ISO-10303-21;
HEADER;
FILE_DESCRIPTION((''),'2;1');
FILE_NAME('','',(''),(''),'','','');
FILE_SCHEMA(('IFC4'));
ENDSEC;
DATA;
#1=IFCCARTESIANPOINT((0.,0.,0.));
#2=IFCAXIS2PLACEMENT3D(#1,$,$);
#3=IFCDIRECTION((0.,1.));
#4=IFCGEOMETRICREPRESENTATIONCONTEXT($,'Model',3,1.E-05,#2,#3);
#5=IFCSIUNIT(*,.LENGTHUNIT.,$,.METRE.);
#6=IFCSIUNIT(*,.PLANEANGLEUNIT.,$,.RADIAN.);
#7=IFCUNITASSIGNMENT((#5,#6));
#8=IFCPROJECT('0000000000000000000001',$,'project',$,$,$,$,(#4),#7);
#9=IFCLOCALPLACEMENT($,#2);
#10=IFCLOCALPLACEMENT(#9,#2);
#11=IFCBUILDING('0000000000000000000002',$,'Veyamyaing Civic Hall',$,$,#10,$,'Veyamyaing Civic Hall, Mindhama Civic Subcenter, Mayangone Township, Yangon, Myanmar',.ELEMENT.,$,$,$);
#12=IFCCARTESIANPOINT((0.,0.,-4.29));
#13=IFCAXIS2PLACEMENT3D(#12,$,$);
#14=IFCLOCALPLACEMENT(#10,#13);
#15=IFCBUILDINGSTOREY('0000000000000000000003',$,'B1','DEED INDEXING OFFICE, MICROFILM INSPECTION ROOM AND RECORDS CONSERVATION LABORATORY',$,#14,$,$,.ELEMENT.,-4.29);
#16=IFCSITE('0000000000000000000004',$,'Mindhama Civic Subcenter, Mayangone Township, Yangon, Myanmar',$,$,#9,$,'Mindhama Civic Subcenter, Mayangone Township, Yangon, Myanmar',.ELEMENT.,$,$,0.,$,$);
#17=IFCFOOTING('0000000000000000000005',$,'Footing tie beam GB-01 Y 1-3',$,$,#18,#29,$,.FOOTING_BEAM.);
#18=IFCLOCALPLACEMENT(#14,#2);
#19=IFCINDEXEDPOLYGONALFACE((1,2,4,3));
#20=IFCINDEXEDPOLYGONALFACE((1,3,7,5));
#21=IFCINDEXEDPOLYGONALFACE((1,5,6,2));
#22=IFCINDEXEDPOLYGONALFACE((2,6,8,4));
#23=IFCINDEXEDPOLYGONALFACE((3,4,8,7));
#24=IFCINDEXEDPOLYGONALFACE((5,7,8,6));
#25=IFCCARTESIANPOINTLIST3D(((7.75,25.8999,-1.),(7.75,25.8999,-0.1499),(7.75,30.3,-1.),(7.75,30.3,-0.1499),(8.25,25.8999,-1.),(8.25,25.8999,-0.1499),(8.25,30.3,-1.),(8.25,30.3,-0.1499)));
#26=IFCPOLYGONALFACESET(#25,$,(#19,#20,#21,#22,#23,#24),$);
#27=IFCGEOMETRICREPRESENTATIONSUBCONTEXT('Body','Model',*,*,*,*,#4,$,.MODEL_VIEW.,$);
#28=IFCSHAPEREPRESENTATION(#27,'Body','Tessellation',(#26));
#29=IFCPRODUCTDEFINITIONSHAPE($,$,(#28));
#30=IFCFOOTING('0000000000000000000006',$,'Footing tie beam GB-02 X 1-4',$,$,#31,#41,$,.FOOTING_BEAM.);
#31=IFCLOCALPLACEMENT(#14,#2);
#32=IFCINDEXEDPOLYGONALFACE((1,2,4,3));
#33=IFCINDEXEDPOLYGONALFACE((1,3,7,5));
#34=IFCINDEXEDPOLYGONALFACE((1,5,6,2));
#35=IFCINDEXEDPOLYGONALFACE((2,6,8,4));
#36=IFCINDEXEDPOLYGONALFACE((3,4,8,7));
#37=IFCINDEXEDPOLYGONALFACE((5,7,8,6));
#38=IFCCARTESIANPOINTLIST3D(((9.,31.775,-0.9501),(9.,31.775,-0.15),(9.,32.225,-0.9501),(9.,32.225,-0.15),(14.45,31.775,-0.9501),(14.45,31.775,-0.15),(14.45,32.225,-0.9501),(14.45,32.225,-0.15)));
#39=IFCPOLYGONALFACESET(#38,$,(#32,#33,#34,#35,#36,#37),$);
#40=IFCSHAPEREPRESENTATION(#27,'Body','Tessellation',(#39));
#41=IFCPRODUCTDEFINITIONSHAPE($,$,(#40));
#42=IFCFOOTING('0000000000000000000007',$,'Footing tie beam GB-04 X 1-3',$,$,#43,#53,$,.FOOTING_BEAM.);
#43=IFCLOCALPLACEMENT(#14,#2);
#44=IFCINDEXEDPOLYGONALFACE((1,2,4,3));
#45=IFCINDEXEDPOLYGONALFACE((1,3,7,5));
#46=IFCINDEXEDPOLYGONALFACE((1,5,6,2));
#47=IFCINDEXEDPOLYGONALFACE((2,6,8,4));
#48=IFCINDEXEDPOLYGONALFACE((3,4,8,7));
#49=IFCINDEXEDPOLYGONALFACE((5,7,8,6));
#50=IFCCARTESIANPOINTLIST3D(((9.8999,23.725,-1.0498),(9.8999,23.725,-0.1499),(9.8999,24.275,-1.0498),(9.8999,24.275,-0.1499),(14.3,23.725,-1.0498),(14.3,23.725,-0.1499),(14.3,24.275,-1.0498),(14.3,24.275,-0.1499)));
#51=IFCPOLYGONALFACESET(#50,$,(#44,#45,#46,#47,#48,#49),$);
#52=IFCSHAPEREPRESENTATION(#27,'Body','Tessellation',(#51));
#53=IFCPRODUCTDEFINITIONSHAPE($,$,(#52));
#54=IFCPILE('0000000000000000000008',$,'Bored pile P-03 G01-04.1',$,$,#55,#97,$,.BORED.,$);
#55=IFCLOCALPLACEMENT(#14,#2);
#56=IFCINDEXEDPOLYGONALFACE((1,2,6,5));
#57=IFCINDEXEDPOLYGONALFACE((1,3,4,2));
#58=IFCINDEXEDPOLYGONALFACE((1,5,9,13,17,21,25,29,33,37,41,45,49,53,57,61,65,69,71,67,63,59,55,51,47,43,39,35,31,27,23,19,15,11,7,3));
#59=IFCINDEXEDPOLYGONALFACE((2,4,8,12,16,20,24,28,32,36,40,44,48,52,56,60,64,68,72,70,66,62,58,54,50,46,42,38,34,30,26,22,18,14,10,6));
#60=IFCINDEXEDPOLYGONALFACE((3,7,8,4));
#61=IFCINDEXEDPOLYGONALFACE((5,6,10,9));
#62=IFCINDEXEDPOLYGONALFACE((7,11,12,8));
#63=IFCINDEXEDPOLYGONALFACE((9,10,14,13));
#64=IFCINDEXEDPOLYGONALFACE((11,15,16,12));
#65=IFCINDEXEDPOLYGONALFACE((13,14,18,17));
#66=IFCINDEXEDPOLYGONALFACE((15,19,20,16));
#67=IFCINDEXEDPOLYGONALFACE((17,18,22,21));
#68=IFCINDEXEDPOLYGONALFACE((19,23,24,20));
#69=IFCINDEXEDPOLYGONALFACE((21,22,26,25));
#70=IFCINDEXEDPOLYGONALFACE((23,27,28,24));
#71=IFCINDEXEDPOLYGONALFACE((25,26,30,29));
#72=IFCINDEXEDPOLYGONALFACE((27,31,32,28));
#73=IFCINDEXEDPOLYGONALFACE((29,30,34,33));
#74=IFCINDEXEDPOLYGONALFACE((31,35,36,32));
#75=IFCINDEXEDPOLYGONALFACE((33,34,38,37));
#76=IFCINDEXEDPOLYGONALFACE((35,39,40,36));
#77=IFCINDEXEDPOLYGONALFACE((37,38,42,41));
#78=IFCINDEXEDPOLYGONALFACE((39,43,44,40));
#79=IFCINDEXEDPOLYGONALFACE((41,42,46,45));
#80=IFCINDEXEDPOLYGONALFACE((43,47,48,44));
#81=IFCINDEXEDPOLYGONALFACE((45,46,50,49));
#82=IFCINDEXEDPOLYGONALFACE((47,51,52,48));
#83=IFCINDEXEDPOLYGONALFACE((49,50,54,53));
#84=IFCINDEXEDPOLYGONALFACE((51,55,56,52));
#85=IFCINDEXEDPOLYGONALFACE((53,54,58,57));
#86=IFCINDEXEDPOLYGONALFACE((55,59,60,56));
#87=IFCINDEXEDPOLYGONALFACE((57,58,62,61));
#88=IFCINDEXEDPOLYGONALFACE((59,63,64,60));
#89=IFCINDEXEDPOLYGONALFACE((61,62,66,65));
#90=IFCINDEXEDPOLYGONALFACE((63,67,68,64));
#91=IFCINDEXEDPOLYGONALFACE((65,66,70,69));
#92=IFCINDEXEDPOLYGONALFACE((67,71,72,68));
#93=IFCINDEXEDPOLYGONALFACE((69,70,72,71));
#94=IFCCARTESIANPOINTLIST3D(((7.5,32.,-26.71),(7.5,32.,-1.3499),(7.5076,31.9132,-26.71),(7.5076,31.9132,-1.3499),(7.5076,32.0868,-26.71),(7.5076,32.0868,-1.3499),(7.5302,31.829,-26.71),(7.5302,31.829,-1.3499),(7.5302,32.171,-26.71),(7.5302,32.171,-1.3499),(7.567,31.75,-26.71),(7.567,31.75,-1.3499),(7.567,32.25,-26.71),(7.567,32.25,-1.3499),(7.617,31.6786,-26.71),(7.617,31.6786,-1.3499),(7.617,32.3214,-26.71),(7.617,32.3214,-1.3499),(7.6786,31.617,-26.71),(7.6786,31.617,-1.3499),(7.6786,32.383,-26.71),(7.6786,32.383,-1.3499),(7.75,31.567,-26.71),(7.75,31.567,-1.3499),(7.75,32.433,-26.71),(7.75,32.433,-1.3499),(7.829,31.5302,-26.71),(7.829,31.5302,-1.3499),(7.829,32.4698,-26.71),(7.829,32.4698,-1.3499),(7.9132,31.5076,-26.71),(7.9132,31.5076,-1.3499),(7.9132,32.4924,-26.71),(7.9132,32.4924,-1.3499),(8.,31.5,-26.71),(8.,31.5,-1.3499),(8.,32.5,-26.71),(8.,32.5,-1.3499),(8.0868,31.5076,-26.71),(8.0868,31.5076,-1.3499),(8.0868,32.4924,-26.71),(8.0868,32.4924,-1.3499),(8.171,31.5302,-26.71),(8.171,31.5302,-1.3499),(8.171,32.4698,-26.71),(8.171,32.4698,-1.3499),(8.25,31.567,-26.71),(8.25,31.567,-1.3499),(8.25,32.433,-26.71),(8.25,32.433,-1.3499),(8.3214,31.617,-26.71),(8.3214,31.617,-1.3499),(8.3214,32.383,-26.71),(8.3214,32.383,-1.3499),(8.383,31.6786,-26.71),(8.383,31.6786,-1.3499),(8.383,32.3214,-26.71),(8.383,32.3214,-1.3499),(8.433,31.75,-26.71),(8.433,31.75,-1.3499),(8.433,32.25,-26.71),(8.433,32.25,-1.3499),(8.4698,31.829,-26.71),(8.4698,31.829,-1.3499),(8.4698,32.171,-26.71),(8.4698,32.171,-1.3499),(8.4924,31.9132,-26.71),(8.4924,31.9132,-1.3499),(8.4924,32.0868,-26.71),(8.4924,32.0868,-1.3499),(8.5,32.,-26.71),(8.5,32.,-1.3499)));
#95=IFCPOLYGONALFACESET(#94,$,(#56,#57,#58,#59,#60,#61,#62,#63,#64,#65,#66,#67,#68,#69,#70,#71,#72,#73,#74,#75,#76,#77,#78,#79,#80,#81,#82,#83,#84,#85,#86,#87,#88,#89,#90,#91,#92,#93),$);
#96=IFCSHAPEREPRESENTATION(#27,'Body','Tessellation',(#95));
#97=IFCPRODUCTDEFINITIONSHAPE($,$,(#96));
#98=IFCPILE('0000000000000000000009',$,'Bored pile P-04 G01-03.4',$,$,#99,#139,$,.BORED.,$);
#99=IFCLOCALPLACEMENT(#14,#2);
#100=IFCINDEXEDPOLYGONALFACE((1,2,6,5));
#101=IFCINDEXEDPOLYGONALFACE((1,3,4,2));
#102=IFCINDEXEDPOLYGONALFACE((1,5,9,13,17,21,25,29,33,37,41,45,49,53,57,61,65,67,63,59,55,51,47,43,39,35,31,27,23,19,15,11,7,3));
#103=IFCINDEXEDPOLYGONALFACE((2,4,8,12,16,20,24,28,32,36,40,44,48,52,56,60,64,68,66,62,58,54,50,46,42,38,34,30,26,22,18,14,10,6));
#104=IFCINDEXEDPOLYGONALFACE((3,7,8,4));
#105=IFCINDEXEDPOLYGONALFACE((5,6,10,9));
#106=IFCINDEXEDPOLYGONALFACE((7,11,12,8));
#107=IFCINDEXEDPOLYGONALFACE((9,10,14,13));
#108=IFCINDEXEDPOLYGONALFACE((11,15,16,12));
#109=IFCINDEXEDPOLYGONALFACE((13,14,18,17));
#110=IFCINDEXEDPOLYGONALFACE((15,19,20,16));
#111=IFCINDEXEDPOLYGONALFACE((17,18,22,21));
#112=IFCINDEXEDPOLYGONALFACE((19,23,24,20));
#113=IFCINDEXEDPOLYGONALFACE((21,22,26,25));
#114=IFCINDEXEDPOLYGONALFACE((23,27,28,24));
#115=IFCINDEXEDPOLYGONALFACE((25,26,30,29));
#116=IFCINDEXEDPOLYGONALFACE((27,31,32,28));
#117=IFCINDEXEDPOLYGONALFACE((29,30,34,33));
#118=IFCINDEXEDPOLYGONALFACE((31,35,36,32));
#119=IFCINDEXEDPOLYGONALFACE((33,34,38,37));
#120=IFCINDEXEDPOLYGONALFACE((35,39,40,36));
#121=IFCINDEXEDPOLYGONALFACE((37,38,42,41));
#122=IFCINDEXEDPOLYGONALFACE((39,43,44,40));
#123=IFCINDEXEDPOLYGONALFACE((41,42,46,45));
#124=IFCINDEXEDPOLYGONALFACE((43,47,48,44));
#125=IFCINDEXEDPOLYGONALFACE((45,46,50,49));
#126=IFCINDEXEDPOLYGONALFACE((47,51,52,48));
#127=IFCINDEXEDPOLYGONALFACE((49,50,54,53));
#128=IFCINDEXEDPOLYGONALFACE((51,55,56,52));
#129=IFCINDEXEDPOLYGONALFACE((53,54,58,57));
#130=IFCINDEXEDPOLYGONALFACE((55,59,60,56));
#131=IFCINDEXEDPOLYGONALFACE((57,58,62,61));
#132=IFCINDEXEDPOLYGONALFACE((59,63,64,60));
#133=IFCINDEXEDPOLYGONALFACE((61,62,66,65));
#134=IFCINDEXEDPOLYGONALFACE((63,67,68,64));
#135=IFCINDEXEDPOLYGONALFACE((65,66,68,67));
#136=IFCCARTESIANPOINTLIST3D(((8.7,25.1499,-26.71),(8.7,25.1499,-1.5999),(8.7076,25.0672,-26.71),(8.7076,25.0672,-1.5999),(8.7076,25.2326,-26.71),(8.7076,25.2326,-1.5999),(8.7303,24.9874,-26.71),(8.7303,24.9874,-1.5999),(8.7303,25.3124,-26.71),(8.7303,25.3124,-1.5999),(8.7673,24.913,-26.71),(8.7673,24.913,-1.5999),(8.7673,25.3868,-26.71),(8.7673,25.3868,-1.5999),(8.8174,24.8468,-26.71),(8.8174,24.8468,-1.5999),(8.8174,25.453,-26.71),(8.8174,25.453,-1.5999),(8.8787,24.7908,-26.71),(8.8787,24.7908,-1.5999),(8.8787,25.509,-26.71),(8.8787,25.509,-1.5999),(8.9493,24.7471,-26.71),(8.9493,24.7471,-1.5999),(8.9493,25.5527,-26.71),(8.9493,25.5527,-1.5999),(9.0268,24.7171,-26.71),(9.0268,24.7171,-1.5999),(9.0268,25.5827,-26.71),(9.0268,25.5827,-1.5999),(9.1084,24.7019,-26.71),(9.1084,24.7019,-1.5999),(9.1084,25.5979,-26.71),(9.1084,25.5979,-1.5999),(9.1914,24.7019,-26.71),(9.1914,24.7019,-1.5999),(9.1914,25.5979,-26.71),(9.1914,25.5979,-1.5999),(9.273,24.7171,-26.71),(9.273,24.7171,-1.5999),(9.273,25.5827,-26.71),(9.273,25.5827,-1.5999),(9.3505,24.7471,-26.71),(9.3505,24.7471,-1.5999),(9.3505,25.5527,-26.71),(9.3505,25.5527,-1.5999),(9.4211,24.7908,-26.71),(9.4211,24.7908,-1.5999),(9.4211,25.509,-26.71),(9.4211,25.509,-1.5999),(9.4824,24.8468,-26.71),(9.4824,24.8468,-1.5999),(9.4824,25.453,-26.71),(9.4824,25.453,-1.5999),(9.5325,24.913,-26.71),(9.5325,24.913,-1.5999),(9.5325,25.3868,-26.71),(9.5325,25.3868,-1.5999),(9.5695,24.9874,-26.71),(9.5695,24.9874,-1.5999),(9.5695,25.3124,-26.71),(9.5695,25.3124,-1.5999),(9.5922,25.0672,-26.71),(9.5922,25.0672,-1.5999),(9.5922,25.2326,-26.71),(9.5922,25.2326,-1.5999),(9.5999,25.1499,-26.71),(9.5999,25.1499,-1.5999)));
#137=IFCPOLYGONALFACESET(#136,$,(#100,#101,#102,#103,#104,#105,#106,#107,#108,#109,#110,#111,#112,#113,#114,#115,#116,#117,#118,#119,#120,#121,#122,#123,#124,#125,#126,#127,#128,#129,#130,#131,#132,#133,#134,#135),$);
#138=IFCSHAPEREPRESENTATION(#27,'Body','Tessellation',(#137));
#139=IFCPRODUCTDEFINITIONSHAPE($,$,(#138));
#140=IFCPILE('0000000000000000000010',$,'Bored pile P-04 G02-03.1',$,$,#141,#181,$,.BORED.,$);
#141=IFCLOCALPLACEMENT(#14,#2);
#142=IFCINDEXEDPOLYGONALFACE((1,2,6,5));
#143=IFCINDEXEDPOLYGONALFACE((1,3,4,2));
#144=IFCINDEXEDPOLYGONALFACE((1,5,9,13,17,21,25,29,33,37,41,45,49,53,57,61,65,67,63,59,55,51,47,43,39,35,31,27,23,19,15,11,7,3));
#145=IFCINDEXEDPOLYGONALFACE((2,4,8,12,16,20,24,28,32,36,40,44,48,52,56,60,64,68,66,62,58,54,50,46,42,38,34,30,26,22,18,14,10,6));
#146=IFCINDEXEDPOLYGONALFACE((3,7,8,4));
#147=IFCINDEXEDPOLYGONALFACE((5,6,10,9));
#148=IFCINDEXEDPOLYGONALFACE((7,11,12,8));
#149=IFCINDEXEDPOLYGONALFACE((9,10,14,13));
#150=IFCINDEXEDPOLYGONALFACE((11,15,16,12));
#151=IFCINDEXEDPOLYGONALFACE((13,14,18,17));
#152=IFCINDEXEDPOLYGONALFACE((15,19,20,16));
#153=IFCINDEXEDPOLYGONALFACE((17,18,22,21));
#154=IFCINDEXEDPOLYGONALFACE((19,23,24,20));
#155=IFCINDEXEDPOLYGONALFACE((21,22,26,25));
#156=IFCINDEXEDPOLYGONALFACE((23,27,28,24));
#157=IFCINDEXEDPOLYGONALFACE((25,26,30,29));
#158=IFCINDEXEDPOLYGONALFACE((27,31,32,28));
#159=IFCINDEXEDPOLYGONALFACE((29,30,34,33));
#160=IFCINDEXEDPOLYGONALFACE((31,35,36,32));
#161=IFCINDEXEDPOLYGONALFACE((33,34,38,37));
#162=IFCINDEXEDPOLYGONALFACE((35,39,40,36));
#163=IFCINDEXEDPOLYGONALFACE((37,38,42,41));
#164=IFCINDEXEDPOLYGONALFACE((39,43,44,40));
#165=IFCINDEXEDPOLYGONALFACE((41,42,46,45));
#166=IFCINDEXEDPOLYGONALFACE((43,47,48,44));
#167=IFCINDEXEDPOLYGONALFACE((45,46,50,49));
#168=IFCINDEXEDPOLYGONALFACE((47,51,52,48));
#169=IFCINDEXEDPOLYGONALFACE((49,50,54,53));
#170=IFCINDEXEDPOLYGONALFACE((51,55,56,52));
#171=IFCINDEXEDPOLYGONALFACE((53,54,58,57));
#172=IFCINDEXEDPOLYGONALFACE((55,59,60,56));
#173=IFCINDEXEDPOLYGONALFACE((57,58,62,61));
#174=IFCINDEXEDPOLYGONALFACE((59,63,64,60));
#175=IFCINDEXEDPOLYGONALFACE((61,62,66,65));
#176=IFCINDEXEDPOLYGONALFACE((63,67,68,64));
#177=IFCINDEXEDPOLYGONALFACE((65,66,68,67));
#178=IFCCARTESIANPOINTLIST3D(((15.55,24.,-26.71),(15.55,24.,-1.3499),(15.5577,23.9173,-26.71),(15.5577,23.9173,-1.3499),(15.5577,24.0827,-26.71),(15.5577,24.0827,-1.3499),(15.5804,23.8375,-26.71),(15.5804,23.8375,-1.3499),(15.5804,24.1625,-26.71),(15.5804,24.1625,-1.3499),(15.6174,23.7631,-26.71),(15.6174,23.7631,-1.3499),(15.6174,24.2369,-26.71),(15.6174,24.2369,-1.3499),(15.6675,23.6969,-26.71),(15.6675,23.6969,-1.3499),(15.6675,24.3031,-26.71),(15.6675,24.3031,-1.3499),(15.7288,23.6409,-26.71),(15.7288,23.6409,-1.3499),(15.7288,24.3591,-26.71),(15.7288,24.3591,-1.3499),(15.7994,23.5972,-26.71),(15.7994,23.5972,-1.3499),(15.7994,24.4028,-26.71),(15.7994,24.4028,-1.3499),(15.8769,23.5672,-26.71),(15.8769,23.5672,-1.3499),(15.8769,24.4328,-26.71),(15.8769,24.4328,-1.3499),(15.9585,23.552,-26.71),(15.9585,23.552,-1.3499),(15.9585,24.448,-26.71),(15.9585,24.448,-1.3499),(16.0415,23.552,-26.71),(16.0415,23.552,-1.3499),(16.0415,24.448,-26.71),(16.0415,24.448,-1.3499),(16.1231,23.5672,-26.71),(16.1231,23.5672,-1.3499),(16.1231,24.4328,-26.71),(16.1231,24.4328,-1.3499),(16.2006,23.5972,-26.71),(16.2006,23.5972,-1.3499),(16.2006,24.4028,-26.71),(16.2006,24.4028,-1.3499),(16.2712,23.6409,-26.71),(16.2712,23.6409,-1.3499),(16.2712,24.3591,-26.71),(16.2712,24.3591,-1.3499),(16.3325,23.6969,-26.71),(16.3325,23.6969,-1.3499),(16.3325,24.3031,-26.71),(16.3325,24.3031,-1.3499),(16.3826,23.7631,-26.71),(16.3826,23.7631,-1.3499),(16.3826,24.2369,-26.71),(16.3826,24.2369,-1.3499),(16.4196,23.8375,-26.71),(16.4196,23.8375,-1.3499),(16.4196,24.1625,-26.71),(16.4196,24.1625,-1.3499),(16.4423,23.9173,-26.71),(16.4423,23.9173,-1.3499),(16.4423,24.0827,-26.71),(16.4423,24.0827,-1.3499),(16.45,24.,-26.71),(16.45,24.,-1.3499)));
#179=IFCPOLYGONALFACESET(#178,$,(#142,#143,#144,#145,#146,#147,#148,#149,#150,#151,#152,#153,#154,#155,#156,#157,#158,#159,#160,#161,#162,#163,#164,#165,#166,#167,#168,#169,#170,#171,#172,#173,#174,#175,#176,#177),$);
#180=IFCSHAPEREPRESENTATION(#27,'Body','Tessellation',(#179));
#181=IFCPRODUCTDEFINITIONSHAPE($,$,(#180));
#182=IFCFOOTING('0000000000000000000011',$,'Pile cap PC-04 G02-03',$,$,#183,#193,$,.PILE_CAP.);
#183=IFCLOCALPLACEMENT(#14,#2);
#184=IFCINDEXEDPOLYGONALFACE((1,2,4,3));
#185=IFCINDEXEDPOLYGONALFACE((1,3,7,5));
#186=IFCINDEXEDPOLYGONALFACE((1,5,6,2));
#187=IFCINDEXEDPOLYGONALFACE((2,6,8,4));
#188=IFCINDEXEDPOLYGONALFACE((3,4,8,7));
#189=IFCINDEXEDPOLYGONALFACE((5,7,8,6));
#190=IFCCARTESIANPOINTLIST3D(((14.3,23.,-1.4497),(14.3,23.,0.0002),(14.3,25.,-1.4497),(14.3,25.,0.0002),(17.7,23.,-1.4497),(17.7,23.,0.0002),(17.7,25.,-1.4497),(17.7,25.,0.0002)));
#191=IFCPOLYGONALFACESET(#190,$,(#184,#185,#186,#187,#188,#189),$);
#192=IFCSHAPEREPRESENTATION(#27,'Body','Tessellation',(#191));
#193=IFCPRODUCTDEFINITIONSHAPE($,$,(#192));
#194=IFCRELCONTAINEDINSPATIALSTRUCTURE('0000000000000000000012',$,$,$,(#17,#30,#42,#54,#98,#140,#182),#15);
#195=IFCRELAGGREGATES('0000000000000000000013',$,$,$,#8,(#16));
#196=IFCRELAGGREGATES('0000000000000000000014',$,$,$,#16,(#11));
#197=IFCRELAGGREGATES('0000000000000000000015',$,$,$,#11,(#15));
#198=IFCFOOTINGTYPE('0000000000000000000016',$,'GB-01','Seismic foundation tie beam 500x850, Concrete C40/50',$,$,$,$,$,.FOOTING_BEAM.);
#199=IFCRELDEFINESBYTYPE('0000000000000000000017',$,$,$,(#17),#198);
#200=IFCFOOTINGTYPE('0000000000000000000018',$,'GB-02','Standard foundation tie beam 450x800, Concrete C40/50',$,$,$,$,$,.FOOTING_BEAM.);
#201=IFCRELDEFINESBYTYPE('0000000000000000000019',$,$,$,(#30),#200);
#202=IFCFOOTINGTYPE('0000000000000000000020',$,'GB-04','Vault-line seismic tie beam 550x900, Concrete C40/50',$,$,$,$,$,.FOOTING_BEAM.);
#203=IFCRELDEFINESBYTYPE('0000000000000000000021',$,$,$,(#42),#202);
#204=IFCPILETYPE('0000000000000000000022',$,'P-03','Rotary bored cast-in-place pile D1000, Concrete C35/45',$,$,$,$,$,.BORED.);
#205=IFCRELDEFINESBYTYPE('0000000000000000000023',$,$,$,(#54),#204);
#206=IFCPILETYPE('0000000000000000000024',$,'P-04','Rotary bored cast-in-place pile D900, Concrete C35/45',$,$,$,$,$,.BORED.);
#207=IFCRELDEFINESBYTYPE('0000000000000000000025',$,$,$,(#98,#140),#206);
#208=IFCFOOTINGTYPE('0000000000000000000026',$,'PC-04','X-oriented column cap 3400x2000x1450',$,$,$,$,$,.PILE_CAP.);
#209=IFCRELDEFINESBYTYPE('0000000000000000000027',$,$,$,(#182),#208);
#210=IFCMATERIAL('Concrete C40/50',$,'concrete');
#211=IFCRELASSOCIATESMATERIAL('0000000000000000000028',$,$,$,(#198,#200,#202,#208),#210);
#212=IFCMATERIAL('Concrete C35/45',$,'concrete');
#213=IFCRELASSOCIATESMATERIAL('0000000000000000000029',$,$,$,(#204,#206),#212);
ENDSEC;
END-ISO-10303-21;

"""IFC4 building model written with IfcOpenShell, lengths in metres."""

from ifc_helpers import new_model, si_unit, direction, frame, origin, origin_2d, place, context, subcontext, project, spatial, rectangle, circle, extrude, material, material_profile, profile_set, type_object, element, save


model = new_model("IFC4")

# Units and contexts
model_context = context("Model", 3, precision=1e-05, world=origin(), true_north=direction((0.0, 1.0)))
body_context = subcontext(model_context, "Body", "Model", "MODEL_VIEW")
ifc_project = project(units=[si_unit("LENGTHUNIT", "METRE"), si_unit("PLANEANGLEUNIT", "RADIAN")], contexts=[model_context])

# Site, building, storey
site_placement = place(None, origin())
site = spatial("IfcSite", under=ifc_project, at=site_placement, Name="Mindhama Civic Subcenter, Mayangone Township, Yangon, Myanmar", LongName="Mindhama Civic Subcenter, Mayangone Township, Yangon, Myanmar", CompositionType="ELEMENT", RefElevation=0.0)
building_placement = place(site_placement, origin())
building = spatial("IfcBuilding", under=site, at=building_placement, Name="Veyamyaing Civic Hall", LongName="Veyamyaing Civic Hall, Mindhama Civic Subcenter, Mayangone Township, Yangon, Myanmar", CompositionType="ELEMENT")
storey_placement = place(building_placement, frame((0.0, 0.0, -4.29)))
storey = spatial("IfcBuildingStorey", under=building, at=storey_placement, Name="B1", Description="DEED INDEXING OFFICE, MICROFILM INSPECTION ROOM AND RECORDS CONSERVATION LABORATORY", CompositionType="ELEMENT", Elevation=-4.29)

# Footings
ifc_material_1 = material(Name="Concrete C40/50", Category="concrete")
ifc_material_profile_1 = material_profile(ifc_material_1, rectangle(XDim=0.5, YDim=0.8501, at=origin_2d()), Name="GB-500X850")
ifc_profile_set_1 = profile_set([ifc_material_profile_1], Name="Concrete C40/50")
footing_type_1 = type_object("IfcFootingType", Name="GB-01", Description="Seismic foundation tie beam 500x850, Concrete C40/50", PredefinedType="FOOTING_BEAM", material=ifc_profile_set_1)
footing_1_placement = place(storey_placement, frame((8.0, 25.8999, -0.575), z_axis=(0.0, 1.0, 0.0), x_axis=(-1.0, 0.0, 0.0)))
element("IfcFooting", 1, at=footing_1_placement, inside=storey, type_object=footing_type_1, Name="Footing tie beam GB-01 Y 1-3", PredefinedType="FOOTING_BEAM", context=body_context, shape_type="SweptSolid", body=[
    extrude(rectangle(XDim=0.5, YDim=0.8501, at=origin_2d()), origin(), (0.0, 0.0, 1.0), 4.4001),
])
ifc_material_profile_2 = material_profile(ifc_material_1, rectangle(XDim=0.45, YDim=0.8, at=origin_2d()), Name="GB-450X800")
ifc_profile_set_2 = profile_set([ifc_material_profile_2], Name="Concrete C40/50")
footing_type_2 = type_object("IfcFootingType", Name="GB-02", Description="Standard foundation tie beam 450x800, Concrete C40/50", PredefinedType="FOOTING_BEAM", material=ifc_profile_set_2)
footing_2_placement = place(storey_placement, frame((9.0, 32.0, -0.55), z_axis=(1.0, 0.0, 0.0), x_axis=(0.0, 1.0, 0.0)))
element("IfcFooting", 2, at=footing_2_placement, inside=storey, type_object=footing_type_2, Name="Footing tie beam GB-02 X 1-4", PredefinedType="FOOTING_BEAM", context=body_context, shape_type="SweptSolid", body=[
    extrude(rectangle(XDim=0.45, YDim=0.8, at=origin_2d()), origin(), (0.0, 0.0, 1.0), 5.45),
])
ifc_material_profile_3 = material_profile(ifc_material_1, rectangle(XDim=0.55, YDim=0.8999, at=origin_2d()), Name="GB-550X900")
ifc_profile_set_3 = profile_set([ifc_material_profile_3], Name="Concrete C40/50")
footing_type_3 = type_object("IfcFootingType", Name="GB-04", Description="Vault-line seismic tie beam 550x900, Concrete C40/50", PredefinedType="FOOTING_BEAM", material=ifc_profile_set_3)
footing_3_placement = place(storey_placement, frame((9.8999, 24.0, -0.5999), z_axis=(1.0, 0.0, 0.0), x_axis=(0.0, 1.0, 0.0)))
element("IfcFooting", 3, at=footing_3_placement, inside=storey, type_object=footing_type_3, Name="Footing tie beam GB-04 X 1-3", PredefinedType="FOOTING_BEAM", context=body_context, shape_type="SweptSolid", body=[
    extrude(rectangle(XDim=0.55, YDim=0.8999, at=origin_2d()), origin(), (0.0, 0.0, 1.0), 4.4001),
])

# Piles
ifc_material_2 = material(Name="Concrete C35/45", Category="concrete")
ifc_material_profile_4 = material_profile(ifc_material_2, circle(Radius=0.5, at=origin_2d()), Name="PILE-D1000")
ifc_profile_set_4 = profile_set([ifc_material_profile_4], Name="Concrete C35/45")
pile_type_1 = type_object("IfcPileType", Name="P-03", Description="Rotary bored cast-in-place pile D1000, Concrete C35/45", PredefinedType="BORED", material=ifc_profile_set_4)
pile_1_placement = place(storey_placement, frame((8.0, 32.0, -1.3499), z_axis=(0.0, 0.0, -1.0), x_axis=(1.0, 0.0, 0.0)))
element("IfcPile", 4, at=pile_1_placement, inside=storey, type_object=pile_type_1, Name="Bored pile P-03 G01-04.1", PredefinedType="BORED", context=body_context, shape_type="SweptSolid", body=[
    extrude(circle(Radius=0.5, at=origin_2d()), origin(), (0.0, 0.0, 1.0), 25.3601),
])
ifc_material_profile_5 = material_profile(ifc_material_2, circle(Radius=0.45, at=origin_2d()), Name="PILE-D900")
ifc_profile_set_5 = profile_set([ifc_material_profile_5], Name="Concrete C35/45")
pile_type_2 = type_object("IfcPileType", Name="P-04", Description="Rotary bored cast-in-place pile D900, Concrete C35/45", PredefinedType="BORED", material=ifc_profile_set_5)
pile_2_placement = place(storey_placement, frame((9.1499, 25.1499, -1.5999), z_axis=(0.0, 0.0, -1.0), x_axis=(1.0, 0.0, 0.0)))
element("IfcPile", 5, at=pile_2_placement, inside=storey, type_object=pile_type_2, Name="Bored pile P-04 G01-03.4", PredefinedType="BORED", context=body_context, shape_type="SweptSolid", body=[
    extrude(circle(Radius=0.45, at=origin_2d()), origin(), (0.0, 0.0, 1.0), 25.1101),
])
pile_3_placement = place(storey_placement, frame((16.0, 24.0, -1.3499), z_axis=(0.0, 0.0, -1.0), x_axis=(1.0, 0.0, 0.0)))
element("IfcPile", 6, at=pile_3_placement, inside=storey, type_object=pile_type_2, Name="Bored pile P-04 G02-03.1", PredefinedType="BORED", context=body_context, shape_type="SweptSolid", body=[
    extrude(circle(Radius=0.45, at=origin_2d()), origin(), (0.0, 0.0, 1.0), 25.3601),
])

# Footing
footing_type_4 = type_object("IfcFootingType", Name="PC-04", Description="X-oriented column cap 3400x2000x1450", PredefinedType="PILE_CAP", material=ifc_material_1)
footing_4_placement = place(storey_placement, frame((16.0, 24.0, -1.4497), z_axis=(0.0, 0.0, 1.0), x_axis=(1.0, 0.0, 0.0)))
element("IfcFooting", 7, at=footing_4_placement, inside=storey, type_object=footing_type_4, Name="Pile cap PC-04 G02-03", PredefinedType="PILE_CAP", context=body_context, shape_type="SweptSolid", body=[
    extrude(rectangle(XDim=3.3999, YDim=2.0, at=origin_2d()), origin(), (0.0, 0.0, 1.0), 1.45),
])

save(model, "model.ifc")
